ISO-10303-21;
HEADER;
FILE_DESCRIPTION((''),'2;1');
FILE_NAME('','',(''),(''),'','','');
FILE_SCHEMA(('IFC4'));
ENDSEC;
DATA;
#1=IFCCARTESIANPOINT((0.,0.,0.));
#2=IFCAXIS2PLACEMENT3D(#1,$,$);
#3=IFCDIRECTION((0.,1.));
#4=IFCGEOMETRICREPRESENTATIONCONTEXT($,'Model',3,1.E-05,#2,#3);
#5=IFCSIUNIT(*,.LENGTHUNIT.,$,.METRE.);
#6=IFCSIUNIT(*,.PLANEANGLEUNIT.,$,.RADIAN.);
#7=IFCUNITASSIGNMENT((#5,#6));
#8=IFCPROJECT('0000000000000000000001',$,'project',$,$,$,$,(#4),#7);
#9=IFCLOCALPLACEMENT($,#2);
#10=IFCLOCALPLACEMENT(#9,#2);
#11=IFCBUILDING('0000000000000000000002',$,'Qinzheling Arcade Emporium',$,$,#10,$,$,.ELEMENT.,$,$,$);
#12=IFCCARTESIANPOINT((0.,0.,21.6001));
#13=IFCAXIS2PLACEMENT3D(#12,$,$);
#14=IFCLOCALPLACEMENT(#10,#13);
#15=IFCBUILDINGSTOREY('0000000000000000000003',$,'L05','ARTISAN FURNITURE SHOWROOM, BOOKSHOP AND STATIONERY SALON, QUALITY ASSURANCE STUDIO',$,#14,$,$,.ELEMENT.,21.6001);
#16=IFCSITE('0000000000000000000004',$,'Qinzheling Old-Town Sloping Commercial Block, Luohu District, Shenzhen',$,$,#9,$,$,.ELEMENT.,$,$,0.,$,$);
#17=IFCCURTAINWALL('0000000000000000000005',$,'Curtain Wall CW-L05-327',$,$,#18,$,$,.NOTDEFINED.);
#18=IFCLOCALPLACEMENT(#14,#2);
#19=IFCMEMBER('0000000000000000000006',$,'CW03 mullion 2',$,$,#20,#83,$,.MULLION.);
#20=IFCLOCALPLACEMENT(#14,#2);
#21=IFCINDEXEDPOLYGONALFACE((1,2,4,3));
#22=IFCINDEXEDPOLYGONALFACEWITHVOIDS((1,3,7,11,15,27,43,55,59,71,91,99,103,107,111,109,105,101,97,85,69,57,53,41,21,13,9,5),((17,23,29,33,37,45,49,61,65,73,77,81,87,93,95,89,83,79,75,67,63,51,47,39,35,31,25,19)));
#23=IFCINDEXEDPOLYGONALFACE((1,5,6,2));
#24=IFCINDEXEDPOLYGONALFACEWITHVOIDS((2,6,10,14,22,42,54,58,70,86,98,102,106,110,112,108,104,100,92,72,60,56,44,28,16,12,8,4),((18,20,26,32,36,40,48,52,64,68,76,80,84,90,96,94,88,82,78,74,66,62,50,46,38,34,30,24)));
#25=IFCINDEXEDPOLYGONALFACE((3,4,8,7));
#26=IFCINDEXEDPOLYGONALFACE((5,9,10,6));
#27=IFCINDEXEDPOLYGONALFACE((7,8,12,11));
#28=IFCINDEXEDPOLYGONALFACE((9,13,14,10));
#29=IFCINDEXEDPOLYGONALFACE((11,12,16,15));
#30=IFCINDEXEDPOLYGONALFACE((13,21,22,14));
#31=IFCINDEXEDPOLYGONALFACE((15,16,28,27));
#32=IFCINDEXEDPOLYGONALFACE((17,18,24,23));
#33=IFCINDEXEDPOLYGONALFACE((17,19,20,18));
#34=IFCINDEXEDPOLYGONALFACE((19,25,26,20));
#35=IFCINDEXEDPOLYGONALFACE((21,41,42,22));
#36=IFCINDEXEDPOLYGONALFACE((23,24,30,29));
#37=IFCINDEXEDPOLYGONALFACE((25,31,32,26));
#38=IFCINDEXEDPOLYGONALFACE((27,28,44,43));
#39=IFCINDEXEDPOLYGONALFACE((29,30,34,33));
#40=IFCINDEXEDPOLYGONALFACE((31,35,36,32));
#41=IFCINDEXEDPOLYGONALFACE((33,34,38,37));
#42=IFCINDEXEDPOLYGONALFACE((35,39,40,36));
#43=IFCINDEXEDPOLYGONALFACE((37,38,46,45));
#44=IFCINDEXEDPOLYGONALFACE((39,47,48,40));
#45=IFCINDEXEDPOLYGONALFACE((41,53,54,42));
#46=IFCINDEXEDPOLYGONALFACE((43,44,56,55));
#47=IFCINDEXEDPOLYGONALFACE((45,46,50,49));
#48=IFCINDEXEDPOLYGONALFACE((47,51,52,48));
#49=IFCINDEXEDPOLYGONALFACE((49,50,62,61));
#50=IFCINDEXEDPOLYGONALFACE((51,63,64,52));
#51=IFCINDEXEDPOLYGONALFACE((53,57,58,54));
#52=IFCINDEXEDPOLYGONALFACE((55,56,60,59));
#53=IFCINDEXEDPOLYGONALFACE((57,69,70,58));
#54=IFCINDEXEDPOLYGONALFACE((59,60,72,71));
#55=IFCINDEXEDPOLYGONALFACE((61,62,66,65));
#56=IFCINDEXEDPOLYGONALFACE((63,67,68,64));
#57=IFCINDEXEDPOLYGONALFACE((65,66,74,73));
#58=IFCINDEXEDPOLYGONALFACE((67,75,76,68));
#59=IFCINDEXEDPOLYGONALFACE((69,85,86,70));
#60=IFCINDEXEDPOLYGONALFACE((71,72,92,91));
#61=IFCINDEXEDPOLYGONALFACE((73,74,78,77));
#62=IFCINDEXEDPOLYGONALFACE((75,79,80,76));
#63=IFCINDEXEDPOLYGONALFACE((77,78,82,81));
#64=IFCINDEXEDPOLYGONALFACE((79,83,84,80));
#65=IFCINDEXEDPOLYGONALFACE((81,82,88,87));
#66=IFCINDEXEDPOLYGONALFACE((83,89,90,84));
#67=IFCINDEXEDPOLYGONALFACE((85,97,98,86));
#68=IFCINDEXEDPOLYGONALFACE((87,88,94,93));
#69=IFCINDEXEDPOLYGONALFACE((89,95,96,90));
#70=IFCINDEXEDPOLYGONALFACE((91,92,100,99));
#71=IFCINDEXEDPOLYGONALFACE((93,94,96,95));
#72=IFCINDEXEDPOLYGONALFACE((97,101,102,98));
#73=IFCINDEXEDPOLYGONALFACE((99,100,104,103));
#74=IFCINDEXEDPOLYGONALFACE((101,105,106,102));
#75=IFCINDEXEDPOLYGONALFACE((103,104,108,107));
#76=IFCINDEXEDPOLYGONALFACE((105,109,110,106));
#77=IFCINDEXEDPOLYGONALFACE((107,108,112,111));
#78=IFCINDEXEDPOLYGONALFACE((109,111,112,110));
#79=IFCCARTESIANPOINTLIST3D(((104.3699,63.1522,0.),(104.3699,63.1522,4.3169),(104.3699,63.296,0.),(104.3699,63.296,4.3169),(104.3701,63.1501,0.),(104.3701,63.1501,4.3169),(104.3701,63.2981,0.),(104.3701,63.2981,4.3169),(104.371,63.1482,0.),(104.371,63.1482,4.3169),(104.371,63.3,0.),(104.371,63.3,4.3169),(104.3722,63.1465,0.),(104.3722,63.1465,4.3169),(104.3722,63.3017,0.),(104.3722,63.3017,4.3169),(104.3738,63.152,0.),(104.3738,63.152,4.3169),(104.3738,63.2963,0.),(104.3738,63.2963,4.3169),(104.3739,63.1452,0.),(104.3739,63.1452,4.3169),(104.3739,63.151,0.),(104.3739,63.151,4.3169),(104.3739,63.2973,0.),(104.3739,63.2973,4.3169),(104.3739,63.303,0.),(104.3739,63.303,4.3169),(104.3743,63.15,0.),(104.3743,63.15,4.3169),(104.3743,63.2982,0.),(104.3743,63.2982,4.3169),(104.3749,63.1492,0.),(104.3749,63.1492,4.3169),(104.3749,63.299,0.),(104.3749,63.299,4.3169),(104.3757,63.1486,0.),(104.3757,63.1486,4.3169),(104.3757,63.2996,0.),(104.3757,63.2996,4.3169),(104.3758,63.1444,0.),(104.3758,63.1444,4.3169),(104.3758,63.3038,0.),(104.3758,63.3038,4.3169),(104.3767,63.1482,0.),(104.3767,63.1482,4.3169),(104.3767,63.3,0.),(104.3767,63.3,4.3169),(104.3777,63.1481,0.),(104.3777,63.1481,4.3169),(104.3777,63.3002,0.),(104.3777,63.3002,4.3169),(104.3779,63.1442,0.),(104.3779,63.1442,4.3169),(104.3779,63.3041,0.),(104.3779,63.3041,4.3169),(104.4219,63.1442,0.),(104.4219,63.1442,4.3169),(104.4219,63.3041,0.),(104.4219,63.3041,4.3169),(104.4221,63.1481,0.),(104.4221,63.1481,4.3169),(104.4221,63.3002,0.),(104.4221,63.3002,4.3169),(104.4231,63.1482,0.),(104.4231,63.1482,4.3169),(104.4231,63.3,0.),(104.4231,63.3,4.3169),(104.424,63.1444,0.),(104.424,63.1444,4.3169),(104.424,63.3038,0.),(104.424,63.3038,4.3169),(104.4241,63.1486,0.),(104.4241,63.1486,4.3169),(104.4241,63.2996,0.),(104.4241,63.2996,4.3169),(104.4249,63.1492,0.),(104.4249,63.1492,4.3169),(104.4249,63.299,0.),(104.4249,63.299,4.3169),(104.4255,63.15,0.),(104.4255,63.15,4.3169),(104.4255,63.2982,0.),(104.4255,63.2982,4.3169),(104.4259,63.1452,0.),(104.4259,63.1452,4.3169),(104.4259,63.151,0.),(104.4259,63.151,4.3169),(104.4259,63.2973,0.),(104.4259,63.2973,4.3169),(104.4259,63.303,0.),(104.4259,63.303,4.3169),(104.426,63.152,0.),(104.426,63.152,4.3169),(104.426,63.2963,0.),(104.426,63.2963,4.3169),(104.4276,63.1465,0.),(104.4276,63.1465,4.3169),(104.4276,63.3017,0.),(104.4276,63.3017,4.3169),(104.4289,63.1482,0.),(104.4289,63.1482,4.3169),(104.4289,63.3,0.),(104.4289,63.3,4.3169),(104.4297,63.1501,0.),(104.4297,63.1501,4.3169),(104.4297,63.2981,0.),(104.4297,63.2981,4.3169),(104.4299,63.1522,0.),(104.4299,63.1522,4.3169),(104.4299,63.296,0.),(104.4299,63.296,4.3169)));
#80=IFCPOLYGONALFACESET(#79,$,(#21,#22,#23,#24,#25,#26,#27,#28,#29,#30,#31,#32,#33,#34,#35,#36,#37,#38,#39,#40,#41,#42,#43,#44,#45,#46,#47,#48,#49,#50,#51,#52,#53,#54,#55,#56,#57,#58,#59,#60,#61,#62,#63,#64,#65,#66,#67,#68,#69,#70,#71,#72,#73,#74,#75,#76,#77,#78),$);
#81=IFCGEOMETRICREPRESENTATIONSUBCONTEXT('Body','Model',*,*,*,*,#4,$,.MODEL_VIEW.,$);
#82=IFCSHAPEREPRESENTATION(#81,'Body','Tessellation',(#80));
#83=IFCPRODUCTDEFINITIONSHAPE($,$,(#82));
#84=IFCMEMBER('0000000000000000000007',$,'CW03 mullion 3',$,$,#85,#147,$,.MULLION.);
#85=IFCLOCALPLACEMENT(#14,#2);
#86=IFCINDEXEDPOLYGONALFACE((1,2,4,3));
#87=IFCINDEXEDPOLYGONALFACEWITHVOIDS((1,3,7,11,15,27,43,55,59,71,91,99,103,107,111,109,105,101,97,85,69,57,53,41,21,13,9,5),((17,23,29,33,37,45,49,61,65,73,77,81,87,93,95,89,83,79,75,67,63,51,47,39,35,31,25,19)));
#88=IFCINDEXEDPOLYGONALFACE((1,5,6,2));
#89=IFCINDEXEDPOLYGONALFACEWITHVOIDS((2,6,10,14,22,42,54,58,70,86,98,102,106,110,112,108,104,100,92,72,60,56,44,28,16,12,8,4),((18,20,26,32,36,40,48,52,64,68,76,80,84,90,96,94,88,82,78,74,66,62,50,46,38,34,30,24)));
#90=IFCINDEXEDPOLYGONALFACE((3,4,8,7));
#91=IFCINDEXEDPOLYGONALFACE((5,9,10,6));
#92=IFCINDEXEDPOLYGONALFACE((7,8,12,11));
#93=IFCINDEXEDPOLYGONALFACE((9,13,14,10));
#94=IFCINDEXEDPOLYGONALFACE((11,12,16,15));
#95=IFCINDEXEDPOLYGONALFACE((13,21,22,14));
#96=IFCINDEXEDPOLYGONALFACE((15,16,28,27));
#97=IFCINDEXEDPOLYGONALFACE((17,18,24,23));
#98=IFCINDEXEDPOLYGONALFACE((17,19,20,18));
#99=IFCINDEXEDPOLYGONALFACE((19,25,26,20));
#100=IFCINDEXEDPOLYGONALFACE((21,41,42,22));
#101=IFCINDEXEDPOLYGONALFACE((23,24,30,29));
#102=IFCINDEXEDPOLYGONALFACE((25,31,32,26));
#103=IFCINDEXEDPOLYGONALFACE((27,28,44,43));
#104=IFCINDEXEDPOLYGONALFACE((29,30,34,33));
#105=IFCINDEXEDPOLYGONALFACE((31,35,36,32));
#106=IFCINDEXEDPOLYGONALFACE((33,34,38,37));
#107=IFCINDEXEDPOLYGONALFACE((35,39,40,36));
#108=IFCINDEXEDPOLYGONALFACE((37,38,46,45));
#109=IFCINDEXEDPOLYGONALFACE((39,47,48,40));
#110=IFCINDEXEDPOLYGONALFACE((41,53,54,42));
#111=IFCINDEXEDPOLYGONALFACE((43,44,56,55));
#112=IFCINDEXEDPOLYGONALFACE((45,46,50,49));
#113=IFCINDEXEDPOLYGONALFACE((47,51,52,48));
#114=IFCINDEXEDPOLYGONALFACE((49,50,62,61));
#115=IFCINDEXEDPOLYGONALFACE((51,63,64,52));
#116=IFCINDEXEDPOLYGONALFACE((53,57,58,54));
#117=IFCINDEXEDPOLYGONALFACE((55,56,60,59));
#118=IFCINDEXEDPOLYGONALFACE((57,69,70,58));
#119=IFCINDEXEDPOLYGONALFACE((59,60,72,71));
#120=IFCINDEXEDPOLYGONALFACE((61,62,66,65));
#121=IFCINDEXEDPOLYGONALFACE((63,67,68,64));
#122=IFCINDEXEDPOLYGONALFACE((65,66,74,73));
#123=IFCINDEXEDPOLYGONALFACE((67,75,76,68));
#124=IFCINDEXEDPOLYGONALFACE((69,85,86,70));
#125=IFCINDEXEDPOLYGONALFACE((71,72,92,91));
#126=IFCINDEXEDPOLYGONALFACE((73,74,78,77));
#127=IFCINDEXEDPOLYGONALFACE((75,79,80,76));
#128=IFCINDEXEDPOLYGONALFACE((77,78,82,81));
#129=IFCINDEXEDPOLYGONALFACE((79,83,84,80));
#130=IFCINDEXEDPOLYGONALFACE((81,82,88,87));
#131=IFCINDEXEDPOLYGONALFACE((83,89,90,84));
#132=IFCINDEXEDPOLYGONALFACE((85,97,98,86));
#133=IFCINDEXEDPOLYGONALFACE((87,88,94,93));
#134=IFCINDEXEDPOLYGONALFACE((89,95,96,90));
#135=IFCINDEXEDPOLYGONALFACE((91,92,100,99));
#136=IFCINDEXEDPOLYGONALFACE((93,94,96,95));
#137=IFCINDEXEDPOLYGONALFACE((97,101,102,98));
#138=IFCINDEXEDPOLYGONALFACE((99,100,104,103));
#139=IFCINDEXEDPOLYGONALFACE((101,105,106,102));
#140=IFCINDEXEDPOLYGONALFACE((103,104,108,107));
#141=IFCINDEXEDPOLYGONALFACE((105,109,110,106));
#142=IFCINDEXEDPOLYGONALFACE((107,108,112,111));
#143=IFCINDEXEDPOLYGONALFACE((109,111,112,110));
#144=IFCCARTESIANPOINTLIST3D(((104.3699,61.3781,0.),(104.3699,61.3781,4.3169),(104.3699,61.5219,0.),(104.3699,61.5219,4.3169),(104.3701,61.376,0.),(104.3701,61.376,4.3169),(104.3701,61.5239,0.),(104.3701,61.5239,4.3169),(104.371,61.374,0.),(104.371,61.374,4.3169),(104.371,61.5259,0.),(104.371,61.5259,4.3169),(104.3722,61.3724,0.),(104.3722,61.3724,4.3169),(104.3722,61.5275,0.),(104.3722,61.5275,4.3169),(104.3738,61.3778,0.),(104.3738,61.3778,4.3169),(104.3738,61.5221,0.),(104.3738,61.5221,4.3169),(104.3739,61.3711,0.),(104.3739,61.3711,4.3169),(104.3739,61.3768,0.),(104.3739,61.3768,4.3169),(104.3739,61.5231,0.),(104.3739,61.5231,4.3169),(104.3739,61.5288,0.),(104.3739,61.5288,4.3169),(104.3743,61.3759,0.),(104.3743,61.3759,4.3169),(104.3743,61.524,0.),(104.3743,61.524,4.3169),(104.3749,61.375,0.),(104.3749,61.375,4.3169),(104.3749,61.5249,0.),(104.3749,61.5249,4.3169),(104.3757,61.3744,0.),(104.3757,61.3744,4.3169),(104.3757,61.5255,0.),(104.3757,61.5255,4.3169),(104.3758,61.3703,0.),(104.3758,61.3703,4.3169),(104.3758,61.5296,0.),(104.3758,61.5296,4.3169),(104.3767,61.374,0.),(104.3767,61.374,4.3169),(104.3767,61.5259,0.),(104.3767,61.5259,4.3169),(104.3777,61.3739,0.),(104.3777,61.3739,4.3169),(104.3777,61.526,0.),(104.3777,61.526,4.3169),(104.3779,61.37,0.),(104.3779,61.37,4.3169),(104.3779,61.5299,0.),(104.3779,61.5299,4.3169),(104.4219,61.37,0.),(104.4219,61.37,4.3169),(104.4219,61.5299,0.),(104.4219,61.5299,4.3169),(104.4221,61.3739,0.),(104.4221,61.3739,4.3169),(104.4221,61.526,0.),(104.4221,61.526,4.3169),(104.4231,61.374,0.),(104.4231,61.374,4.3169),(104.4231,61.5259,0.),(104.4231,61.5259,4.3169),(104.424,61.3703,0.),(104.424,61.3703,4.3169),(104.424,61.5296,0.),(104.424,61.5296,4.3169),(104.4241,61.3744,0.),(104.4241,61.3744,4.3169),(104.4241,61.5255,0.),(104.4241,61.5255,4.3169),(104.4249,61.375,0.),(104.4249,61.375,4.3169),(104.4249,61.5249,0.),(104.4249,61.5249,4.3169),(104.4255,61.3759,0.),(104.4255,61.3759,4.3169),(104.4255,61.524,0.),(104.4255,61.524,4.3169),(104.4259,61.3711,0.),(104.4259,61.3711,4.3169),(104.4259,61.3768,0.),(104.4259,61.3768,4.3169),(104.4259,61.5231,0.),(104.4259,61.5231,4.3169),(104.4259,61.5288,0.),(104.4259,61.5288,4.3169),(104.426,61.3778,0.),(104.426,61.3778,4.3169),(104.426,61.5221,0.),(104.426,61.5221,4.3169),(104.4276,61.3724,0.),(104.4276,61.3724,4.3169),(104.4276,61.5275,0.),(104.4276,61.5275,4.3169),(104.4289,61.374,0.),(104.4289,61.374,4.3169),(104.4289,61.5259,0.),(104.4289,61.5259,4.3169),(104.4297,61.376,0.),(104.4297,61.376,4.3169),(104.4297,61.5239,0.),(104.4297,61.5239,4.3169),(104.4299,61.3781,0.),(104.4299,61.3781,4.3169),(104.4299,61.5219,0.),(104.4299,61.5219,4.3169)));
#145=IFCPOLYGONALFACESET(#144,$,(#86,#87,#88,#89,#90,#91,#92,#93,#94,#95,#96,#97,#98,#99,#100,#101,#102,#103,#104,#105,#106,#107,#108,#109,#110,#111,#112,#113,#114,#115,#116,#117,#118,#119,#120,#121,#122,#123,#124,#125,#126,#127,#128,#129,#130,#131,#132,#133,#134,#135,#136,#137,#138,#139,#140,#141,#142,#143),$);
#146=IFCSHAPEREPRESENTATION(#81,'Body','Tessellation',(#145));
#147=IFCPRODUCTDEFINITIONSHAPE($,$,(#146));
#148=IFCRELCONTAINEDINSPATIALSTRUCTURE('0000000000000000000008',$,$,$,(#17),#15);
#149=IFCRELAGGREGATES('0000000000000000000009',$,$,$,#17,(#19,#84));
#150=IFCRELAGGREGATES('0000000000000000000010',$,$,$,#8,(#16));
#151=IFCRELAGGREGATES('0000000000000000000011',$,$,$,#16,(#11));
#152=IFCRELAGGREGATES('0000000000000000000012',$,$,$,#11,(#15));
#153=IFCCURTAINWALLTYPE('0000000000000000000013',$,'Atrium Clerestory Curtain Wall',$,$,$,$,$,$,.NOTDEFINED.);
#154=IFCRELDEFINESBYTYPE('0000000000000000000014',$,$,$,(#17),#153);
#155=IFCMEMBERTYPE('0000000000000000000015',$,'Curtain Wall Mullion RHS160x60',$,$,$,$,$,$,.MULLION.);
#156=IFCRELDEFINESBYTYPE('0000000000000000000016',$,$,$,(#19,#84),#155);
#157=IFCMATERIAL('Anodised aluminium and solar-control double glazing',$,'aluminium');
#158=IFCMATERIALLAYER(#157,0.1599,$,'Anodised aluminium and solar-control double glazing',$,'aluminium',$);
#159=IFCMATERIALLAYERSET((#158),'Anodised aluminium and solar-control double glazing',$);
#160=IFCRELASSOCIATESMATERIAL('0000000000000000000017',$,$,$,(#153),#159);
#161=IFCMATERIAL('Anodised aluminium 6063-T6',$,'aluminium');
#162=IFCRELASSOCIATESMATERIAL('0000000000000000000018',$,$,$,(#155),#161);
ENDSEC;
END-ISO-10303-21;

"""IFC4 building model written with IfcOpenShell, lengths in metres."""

from ifc_helpers import new_model, si_unit, direction, frame, origin, origin_2d, place, context, subcontext, project, spatial, hollow_rectangle, extrude, material, layer, layer_set, material_profile, profile_set, type_object, element, aggregate, save


model = new_model("IFC4")

# Units and contexts
model_context = context("Model", 3, precision=1e-05, world=origin(), true_north=direction((0.0, 1.0)))
body_context = subcontext(model_context, "Body", "Model", "MODEL_VIEW")
ifc_project = project(units=[si_unit("LENGTHUNIT", "METRE"), si_unit("PLANEANGLEUNIT", "RADIAN")], contexts=[model_context])

# Site, building, storey
site_placement = place(None, origin())
site = spatial("IfcSite", under=ifc_project, at=site_placement, Name="Qinzheling Old-Town Sloping Commercial Block, Luohu District, Shenzhen", CompositionType="ELEMENT", RefElevation=0.0)
building_placement = place(site_placement, origin())
building = spatial("IfcBuilding", under=site, at=building_placement, Name="Qinzheling Arcade Emporium", CompositionType="ELEMENT")
storey_placement = place(building_placement, frame((0.0, 0.0, 21.6001)))
storey = spatial("IfcBuildingStorey", under=building, at=storey_placement, Name="L05", Description="ARTISAN FURNITURE SHOWROOM, BOOKSHOP AND STATIONERY SALON, QUALITY ASSURANCE STUDIO", CompositionType="ELEMENT", Elevation=21.6001)

# Curtain wall, members
ifc_material_1 = material(Name="Anodised aluminium and solar-control double glazing", Category="aluminium")
ifc_layer_1 = layer(ifc_material_1, 0.1599, Name="Anodised aluminium and solar-control double glazing", Category="aluminium")
ifc_layer_set_1 = layer_set([ifc_layer_1], Name="Anodised aluminium and solar-control double glazing")
curtain_wall_type = type_object("IfcCurtainWallType", Name="Atrium Clerestory Curtain Wall", PredefinedType="NOTDEFINED", material=ifc_layer_set_1)
curtain_wall_1_placement = place(storey_placement, origin())
curtain_wall_1 = element("IfcCurtainWall", 1, at=curtain_wall_1_placement, inside=storey, type_object=curtain_wall_type, Name="Curtain Wall CW-L05-327", PredefinedType="NOTDEFINED")
ifc_material_2 = material(Name="Anodised aluminium 6063-T6", Category="aluminium")
ifc_material_profile_1 = material_profile(ifc_material_2, hollow_rectangle(XDim=0.0601, YDim=0.1599, WallThickness=0.0039, InnerFilletRadius=0.0039, OuterFilletRadius=0.0081, at=origin_2d()), Name="RHS 160x60x4", Category="aluminium")
ifc_profile_set_1 = profile_set([ifc_material_profile_1], Name="Anodised aluminium 6063-T6")
member_type_1 = type_object("IfcMemberType", Name="Curtain Wall Mullion RHS160x60", PredefinedType="MULLION", material=ifc_profile_set_1)
member_1_placement = place(storey_placement, frame((104.3999, 63.2241, 0.0), z_axis=(0.0, 0.0, 1.0), x_axis=(1.0, 0.0, 0.0)))
member_1 = element("IfcMember", 2, at=member_1_placement, type_object=member_type_1, Name="CW03 mullion 2", PredefinedType="MULLION", context=body_context, shape_type="SweptSolid", body=[
    extrude(hollow_rectangle(XDim=0.0601, YDim=0.1599, WallThickness=0.0039, InnerFilletRadius=0.0039, OuterFilletRadius=0.0081, at=origin_2d()), origin(), (0.0, 0.0, 1.0), 4.3169),
])
member_2_placement = place(storey_placement, frame((104.3999, 61.45, 0.0), z_axis=(0.0, 0.0, 1.0), x_axis=(1.0, 0.0, 0.0)))
member_2 = element("IfcMember", 3, at=member_2_placement, type_object=member_type_1, Name="CW03 mullion 3", PredefinedType="MULLION", context=body_context, shape_type="SweptSolid", body=[
    extrude(hollow_rectangle(XDim=0.0601, YDim=0.1599, WallThickness=0.0039, InnerFilletRadius=0.0039, OuterFilletRadius=0.0081, at=origin_2d()), origin(), (0.0, 0.0, 1.0), 4.3169),
])

aggregate(curtain_wall_1, [member_1, member_2])

save(model, "model.ifc")
